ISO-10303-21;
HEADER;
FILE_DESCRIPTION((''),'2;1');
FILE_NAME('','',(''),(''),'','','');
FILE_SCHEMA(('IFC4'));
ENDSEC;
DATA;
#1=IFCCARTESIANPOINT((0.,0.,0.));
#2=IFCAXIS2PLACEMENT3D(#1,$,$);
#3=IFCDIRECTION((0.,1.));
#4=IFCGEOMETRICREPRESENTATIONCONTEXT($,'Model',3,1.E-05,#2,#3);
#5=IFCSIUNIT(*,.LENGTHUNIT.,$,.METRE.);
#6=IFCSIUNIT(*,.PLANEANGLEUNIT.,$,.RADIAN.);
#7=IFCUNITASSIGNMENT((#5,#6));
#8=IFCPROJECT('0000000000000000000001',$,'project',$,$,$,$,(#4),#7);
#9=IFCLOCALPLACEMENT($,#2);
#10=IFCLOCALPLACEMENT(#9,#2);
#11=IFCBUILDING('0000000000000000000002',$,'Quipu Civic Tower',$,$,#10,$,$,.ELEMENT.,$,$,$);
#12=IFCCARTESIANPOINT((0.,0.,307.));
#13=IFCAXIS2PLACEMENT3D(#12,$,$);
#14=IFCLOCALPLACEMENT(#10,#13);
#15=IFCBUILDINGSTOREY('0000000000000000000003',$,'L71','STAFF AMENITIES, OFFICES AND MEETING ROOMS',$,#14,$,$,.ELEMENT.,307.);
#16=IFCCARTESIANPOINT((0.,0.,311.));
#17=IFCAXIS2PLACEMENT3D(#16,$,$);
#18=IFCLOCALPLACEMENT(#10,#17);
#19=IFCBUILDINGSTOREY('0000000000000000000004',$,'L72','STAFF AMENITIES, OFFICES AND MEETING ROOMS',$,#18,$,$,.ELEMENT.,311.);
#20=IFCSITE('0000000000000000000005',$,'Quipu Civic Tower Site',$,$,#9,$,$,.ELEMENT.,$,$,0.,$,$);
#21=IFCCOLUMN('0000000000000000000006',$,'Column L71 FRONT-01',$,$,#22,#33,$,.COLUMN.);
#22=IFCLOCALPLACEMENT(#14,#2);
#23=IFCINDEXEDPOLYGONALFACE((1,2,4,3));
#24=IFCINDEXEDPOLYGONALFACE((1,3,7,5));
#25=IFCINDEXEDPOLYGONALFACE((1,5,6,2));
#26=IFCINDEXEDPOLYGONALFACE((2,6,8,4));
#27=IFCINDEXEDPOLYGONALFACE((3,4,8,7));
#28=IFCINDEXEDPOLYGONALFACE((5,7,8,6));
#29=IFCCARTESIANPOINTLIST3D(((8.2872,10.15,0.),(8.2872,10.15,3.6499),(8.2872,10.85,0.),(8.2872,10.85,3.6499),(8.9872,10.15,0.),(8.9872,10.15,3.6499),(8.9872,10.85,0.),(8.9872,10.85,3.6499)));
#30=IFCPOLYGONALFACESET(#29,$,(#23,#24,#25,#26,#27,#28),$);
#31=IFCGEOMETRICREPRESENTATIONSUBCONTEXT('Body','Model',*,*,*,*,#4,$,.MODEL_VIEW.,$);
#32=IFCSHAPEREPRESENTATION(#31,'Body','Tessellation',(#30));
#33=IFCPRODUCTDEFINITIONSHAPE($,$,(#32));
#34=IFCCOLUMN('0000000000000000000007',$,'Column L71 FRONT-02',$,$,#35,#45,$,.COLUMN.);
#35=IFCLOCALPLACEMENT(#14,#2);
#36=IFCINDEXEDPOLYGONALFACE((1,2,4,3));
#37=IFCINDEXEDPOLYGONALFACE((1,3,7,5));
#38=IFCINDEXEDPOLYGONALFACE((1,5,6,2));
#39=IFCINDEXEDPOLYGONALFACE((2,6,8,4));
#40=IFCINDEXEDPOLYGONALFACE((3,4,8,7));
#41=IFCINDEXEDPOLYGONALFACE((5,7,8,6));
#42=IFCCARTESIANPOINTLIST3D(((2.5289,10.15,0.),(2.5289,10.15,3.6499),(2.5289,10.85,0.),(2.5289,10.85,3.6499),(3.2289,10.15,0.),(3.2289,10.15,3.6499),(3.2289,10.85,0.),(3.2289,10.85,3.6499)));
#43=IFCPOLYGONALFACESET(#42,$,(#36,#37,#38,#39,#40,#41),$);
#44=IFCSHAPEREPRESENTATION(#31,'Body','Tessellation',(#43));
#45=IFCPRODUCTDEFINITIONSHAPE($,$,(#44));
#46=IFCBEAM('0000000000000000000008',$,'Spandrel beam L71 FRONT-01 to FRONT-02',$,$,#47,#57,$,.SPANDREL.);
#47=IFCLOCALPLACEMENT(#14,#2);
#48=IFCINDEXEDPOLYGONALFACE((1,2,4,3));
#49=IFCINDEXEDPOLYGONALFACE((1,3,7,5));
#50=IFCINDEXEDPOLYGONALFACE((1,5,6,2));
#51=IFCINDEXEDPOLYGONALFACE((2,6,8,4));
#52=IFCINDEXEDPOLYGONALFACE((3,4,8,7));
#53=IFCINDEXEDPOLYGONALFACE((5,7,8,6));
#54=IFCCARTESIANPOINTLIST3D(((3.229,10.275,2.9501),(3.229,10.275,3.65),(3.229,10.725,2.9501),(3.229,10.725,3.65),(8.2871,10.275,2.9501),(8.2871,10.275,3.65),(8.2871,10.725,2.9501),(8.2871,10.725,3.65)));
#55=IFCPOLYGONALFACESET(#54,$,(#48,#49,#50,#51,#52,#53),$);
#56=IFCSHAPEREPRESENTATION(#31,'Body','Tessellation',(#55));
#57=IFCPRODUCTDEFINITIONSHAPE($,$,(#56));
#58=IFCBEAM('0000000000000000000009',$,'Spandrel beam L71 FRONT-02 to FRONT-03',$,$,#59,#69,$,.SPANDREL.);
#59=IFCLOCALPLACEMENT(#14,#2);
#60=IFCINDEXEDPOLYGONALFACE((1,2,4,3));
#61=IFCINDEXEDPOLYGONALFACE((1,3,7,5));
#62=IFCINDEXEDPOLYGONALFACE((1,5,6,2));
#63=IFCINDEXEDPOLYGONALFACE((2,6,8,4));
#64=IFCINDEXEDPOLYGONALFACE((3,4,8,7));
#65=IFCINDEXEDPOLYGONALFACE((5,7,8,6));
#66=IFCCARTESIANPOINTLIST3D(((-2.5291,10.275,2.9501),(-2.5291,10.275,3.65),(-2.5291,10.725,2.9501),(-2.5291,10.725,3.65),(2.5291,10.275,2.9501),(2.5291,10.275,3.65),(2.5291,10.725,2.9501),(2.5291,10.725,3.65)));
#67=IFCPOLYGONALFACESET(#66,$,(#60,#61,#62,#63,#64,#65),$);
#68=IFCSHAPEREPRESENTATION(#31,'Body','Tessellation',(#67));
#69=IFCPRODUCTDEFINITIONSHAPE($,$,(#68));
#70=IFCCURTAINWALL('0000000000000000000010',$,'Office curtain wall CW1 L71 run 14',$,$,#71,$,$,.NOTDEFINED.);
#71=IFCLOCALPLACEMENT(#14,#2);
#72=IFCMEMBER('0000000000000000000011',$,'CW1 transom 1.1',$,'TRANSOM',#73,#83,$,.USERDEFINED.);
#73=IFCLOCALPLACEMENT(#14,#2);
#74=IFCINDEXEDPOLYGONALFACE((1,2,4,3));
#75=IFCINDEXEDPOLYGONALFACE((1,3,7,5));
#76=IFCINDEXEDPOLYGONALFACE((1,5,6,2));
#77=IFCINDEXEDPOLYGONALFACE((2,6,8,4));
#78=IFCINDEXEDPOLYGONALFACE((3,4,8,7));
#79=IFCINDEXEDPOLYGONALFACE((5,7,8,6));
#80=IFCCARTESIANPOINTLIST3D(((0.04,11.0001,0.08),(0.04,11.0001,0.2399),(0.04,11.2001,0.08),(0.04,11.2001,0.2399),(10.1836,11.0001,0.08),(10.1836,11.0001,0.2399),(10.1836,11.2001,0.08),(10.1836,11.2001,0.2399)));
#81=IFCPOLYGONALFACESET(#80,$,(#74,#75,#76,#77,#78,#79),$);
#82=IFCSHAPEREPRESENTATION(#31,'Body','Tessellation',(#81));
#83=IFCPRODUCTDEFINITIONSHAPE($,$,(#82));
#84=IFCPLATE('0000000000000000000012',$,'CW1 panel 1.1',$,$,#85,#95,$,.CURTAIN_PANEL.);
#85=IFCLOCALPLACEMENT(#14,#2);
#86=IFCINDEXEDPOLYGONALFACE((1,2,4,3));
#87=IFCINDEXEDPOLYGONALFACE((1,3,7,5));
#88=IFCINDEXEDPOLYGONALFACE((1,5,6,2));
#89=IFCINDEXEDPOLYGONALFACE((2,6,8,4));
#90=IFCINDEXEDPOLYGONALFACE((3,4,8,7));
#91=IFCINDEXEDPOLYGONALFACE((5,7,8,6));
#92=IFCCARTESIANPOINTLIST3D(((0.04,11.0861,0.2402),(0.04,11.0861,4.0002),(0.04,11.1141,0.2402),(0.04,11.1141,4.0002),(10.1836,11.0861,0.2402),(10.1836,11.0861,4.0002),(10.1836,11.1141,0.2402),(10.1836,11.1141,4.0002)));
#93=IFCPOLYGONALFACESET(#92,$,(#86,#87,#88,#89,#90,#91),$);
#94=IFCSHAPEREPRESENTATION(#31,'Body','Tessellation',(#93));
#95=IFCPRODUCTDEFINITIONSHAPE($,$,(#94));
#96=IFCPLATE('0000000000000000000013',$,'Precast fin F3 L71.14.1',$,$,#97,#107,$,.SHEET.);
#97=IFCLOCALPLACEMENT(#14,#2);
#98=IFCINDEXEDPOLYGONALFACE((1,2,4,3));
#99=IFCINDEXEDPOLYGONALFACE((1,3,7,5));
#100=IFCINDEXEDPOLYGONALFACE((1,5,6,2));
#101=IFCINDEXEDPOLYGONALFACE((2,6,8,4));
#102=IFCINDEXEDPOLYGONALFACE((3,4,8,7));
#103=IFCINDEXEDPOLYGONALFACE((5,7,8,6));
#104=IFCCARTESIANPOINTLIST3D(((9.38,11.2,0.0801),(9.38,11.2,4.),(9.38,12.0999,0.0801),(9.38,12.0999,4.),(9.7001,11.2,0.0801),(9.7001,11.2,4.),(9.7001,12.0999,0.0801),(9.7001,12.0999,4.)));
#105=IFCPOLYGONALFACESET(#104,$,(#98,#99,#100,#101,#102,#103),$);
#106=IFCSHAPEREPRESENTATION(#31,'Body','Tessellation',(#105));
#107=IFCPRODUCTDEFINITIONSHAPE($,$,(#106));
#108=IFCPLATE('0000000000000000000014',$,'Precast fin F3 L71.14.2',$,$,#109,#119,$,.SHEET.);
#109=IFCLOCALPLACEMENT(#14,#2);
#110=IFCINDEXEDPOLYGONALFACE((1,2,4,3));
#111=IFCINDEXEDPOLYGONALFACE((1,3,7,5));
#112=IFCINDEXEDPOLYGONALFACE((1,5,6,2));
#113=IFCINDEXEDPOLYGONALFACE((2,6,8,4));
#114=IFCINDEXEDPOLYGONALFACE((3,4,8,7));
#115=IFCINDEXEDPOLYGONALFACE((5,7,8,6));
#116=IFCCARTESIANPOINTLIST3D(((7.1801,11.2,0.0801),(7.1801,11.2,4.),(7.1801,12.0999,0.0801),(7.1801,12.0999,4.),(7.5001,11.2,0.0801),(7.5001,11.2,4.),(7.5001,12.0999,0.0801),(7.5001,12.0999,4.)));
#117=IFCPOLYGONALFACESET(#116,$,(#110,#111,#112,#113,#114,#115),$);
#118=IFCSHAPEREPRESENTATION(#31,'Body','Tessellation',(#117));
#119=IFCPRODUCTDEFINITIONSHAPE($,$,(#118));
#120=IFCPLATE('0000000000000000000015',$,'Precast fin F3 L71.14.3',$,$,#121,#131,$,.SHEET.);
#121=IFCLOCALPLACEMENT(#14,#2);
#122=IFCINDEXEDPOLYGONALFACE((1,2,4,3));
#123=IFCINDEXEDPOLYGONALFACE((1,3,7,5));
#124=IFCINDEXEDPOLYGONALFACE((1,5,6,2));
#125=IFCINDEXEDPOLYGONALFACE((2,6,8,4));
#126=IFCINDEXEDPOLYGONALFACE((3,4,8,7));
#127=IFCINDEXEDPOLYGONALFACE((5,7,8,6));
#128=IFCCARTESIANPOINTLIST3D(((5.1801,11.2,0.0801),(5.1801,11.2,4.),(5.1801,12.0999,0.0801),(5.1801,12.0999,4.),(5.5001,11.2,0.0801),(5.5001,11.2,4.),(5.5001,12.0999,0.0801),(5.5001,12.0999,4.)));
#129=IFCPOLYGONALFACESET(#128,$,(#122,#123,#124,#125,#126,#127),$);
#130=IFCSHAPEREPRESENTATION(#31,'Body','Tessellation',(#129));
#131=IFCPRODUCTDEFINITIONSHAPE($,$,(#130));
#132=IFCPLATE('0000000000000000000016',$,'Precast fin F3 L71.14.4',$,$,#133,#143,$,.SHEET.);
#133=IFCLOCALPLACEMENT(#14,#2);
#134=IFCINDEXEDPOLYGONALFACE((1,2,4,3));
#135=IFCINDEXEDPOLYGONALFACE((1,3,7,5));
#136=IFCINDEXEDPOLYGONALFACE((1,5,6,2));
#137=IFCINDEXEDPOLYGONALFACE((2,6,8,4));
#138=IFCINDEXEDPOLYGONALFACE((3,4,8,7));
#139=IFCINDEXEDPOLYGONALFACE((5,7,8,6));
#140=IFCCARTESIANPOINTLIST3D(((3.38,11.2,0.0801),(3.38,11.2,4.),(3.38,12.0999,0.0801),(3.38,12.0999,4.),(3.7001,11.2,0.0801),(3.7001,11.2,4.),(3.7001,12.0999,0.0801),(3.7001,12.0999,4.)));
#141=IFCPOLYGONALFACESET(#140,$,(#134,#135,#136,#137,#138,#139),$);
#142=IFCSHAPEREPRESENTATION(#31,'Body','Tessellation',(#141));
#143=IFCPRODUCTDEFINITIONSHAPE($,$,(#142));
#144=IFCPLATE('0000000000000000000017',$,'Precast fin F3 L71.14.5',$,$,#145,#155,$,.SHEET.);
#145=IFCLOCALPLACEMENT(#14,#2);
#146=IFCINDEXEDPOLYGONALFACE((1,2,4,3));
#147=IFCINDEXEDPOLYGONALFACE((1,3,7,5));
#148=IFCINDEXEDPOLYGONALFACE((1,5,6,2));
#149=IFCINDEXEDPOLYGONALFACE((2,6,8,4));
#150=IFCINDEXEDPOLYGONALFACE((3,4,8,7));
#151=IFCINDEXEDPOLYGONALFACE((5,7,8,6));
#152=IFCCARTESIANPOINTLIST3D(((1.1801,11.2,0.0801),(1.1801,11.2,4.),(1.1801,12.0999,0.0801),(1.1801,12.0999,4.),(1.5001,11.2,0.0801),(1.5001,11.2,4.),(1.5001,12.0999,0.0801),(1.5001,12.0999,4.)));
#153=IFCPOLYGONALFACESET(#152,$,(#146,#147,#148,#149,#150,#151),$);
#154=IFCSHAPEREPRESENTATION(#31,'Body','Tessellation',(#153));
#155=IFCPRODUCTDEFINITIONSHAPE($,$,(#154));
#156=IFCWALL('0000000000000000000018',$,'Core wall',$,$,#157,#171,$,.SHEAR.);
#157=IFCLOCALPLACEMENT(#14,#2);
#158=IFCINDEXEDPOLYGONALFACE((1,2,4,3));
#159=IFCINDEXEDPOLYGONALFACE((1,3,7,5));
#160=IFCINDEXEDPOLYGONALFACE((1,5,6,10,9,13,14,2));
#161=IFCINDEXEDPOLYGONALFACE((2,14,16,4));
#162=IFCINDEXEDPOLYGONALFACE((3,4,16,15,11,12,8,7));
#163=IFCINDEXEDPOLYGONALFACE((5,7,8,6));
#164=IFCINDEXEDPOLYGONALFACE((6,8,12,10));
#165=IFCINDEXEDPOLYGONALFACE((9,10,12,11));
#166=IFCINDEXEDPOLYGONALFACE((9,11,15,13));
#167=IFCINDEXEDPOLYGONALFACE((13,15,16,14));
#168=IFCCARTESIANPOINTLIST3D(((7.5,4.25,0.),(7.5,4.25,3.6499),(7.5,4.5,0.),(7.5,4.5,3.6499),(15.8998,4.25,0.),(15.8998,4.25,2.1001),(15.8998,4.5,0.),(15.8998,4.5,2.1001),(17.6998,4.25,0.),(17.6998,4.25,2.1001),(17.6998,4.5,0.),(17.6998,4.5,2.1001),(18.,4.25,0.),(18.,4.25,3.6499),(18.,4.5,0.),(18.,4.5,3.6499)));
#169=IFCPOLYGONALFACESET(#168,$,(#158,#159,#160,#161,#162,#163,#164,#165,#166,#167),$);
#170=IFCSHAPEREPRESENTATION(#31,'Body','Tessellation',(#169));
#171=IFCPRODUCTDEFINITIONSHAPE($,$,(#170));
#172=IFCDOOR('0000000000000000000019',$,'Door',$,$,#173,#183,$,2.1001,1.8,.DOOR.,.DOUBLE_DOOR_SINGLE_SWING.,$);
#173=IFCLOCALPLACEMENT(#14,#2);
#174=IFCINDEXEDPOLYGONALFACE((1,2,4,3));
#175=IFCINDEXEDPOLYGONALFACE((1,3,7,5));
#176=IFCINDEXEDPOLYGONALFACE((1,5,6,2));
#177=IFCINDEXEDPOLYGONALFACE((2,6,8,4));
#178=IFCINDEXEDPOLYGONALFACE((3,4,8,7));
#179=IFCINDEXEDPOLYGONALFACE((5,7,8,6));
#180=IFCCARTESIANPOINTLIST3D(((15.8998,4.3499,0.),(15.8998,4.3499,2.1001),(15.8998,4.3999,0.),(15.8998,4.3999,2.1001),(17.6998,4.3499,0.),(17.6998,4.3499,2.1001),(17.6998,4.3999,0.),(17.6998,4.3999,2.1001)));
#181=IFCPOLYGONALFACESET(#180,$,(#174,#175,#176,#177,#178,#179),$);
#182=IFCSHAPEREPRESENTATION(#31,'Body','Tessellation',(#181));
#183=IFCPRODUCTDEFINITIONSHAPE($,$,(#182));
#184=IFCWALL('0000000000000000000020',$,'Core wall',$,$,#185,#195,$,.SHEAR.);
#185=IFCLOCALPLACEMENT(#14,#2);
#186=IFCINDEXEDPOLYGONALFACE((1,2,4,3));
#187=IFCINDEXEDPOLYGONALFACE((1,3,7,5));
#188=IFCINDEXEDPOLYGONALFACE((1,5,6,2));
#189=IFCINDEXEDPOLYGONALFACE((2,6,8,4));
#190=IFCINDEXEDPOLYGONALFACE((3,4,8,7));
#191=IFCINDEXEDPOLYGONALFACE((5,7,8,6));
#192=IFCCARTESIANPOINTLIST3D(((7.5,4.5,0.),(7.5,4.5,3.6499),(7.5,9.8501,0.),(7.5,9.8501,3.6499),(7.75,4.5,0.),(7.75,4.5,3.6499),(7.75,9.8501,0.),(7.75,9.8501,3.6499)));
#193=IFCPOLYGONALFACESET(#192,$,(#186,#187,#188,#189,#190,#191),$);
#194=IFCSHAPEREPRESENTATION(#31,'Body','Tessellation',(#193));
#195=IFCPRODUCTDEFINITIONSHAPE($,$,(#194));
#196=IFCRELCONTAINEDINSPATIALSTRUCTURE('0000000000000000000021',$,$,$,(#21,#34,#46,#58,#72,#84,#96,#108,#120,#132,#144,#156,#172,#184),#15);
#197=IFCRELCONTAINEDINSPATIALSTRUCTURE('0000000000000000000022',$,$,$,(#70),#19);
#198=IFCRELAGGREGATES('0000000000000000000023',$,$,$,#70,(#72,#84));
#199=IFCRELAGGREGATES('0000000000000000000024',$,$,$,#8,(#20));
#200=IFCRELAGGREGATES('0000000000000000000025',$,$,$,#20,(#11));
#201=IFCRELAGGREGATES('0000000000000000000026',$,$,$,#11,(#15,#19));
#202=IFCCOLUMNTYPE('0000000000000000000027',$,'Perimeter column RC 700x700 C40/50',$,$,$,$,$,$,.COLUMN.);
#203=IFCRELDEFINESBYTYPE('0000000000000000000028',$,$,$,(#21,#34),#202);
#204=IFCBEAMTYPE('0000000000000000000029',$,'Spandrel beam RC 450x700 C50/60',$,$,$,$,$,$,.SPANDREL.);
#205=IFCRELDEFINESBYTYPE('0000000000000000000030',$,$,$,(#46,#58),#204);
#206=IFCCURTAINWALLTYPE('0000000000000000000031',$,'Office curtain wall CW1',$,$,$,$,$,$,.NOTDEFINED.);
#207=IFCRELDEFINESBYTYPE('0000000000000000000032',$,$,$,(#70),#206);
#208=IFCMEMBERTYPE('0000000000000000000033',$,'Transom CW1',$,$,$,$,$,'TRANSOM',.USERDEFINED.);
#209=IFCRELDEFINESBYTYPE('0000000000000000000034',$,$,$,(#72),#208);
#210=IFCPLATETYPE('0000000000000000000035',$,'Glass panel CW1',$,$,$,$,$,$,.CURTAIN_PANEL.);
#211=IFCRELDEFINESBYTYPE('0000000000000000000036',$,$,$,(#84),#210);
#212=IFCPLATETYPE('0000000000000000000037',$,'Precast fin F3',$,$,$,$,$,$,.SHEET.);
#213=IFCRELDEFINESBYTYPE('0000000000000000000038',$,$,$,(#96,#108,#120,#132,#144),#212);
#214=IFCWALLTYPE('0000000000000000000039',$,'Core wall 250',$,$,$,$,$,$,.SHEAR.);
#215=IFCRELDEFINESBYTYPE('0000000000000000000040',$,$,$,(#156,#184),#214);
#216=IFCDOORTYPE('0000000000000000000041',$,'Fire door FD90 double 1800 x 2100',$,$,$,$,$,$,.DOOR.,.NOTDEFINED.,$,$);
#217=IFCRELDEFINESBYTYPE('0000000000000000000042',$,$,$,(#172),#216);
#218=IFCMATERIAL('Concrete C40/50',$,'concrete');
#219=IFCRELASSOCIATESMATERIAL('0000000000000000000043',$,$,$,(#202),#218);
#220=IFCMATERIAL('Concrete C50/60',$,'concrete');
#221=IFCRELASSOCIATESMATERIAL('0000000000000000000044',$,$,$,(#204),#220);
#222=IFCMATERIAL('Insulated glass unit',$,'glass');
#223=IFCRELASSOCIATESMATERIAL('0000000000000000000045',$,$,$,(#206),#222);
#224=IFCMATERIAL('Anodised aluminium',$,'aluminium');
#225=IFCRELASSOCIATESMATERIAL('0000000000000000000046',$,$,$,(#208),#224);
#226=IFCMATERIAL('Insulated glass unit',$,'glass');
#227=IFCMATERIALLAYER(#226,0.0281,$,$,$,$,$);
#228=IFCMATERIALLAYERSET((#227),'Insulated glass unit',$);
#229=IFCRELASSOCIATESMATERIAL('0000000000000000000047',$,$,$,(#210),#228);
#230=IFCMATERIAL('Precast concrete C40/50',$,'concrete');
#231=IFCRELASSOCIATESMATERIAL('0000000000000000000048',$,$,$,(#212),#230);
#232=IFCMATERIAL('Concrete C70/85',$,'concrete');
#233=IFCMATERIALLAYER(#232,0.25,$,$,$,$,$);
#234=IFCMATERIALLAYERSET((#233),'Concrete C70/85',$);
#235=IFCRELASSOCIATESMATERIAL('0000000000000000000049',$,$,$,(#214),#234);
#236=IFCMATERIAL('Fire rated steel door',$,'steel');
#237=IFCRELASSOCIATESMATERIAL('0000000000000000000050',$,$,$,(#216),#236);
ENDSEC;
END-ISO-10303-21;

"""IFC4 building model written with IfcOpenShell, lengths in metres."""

from ifc_helpers import new_model, si_unit, direction, frame, frame_2d, origin, origin_2d, place, context, subcontext, project, spatial, rectangle, extrude, material, layer, layer_set, material_profile, profile_set, type_object, element, fill, aggregate, save


model = new_model("IFC4")

# Units and contexts
model_context = context("Model", 3, precision=1e-05, world=origin(), true_north=direction((0.0, 1.0)))
body_context = subcontext(model_context, "Body", "Model", "MODEL_VIEW")
ifc_project = project(units=[si_unit("LENGTHUNIT", "METRE"), si_unit("PLANEANGLEUNIT", "RADIAN")], contexts=[model_context])

# Site, building, storey
site_placement = place(None, origin())
site = spatial("IfcSite", under=ifc_project, at=site_placement, Name="Quipu Civic Tower Site", CompositionType="ELEMENT", RefElevation=0.0)
building_placement = place(site_placement, origin())
building = spatial("IfcBuilding", under=site, at=building_placement, Name="Quipu Civic Tower", CompositionType="ELEMENT")
storey_1_placement = place(building_placement, frame((0.0, 0.0, 307.0)))
storey_1 = spatial("IfcBuildingStorey", under=building, at=storey_1_placement, Name="L71", Description="STAFF AMENITIES, OFFICES AND MEETING ROOMS", CompositionType="ELEMENT", Elevation=307.0)

# Columns
ifc_material_1 = material(Name="Concrete C40/50", Category="concrete")
ifc_material_profile_1 = material_profile(ifc_material_1, rectangle(XDim=0.7, YDim=0.7, at=origin_2d()), Name="RC700x700")
ifc_profile_set_1 = profile_set([ifc_material_profile_1], Name="Concrete C40/50")
column_type = type_object("IfcColumnType", Name="Perimeter column RC 700x700 C40/50", PredefinedType="COLUMN", material=ifc_profile_set_1)
for number, where, z_axis, x_axis, name in (
    (1, (8.6372, 10.5, 0.0), (0.0, 0.0, 1.0), (-1.0, 0.0, 0.0), "Column L71 FRONT-01"),
    (2, (2.8789, 10.5, 0.0), (0.0, 0.0, 1.0), (-1.0, 0.0, 0.0), "Column L71 FRONT-02"),
):
    element("IfcColumn", number, at=place(storey_1_placement, frame(where, z_axis=z_axis, x_axis=x_axis)), inside=storey_1, type_object=column_type, Name=name, PredefinedType="COLUMN", context=body_context, shape_type="SweptSolid", body=[
        extrude(rectangle(XDim=0.7, YDim=0.7, at=origin_2d()), origin(), (0.0, 0.0, 1.0), 3.6499),
    ])

# Beams
ifc_material_2 = material(Name="Concrete C50/60", Category="concrete")
ifc_material_profile_2 = material_profile(ifc_material_2, rectangle(XDim=0.45, YDim=0.7, at=origin_2d()), Name="RC450x700")
ifc_profile_set_2 = profile_set([ifc_material_profile_2], Name="Concrete C50/60")
beam_type = type_object("IfcBeamType", Name="Spandrel beam RC 450x700 C50/60", PredefinedType="SPANDREL", material=ifc_profile_set_2)
for number, where, z_axis, x_axis, name in (
    (3, (8.2871, 10.5, 3.3), (-1.0, 0.0, 0.0), (0.0, -1.0, 0.0), "Spandrel beam L71 FRONT-01 to FRONT-02"),
    (4, (2.5291, 10.5, 3.3), (-1.0, 0.0, 0.0), (0.0, -1.0, 0.0), "Spandrel beam L71 FRONT-02 to FRONT-03"),
):
    element("IfcBeam", number, at=place(storey_1_placement, frame(where, z_axis=z_axis, x_axis=x_axis)), inside=storey_1, type_object=beam_type, Name=name, PredefinedType="SPANDREL", context=body_context, shape_type="SweptSolid", body=[
        extrude(rectangle(XDim=0.45, YDim=0.7, at=origin_2d()), origin(), (0.0, 0.0, 1.0), 5.0581),
    ])

# Shared definitions
storey_2_placement = place(building_placement, frame((0.0, 0.0, 311.0)))
storey_2 = spatial("IfcBuildingStorey", under=building, at=storey_2_placement, Name="L72", Description="STAFF AMENITIES, OFFICES AND MEETING ROOMS", CompositionType="ELEMENT", Elevation=311.0)

# Curtain wall, member, plate
ifc_material_3 = material(Name="Insulated glass unit", Category="glass")
curtain_wall_type = type_object("IfcCurtainWallType", Name="Office curtain wall CW1", PredefinedType="NOTDEFINED", material=ifc_material_3)
curtain_wall_placement = place(storey_2_placement, origin())
curtain_wall = element("IfcCurtainWall", 5, at=curtain_wall_placement, inside=storey_2, type_object=curtain_wall_type, Name="Office curtain wall CW1 L71 run 14", PredefinedType="NOTDEFINED")
ifc_material_4 = material(Name="Anodised aluminium", Category="aluminium")
ifc_material_profile_3 = material_profile(ifc_material_4, rectangle(XDim=0.2, YDim=0.1599, at=origin_2d()), Name="RECT 200x160")
ifc_profile_set_3 = profile_set([ifc_material_profile_3], Name="Anodised aluminium")
member_type = type_object("IfcMemberType", Name="Transom CW1", ElementType="TRANSOM", PredefinedType="USERDEFINED", material=ifc_profile_set_3)
member_placement = place(storey_1_placement, frame((10.1836, 11.1001, 0.1599), z_axis=(-1.0, 0.0, 0.0), x_axis=(0.0, -1.0, 0.0)))
member = element("IfcMember", 6, at=member_placement, inside=storey_1, type_object=member_type, Name="CW1 transom 1.1", ObjectType="TRANSOM", PredefinedType="USERDEFINED", context=body_context, shape_type="SweptSolid", body=[
    extrude(rectangle(XDim=0.2, YDim=0.1599, at=origin_2d()), origin(), (0.0, 0.0, 1.0), 10.1436),
])
ifc_material_5 = material(Name="Insulated glass unit", Category="glass")
ifc_layer_1 = layer(ifc_material_5, 0.0281)
ifc_layer_set_1 = layer_set([ifc_layer_1], Name="Insulated glass unit")
plate_type_1 = type_object("IfcPlateType", Name="Glass panel CW1", PredefinedType="CURTAIN_PANEL", material=ifc_layer_set_1)
plate_placement = place(storey_1_placement, frame((5.1118, 11.1001, 0.2402), z_axis=(0.0, 0.0, 1.0), x_axis=(-1.0, 0.0, 0.0)))
plate = element("IfcPlate", 7, at=plate_placement, inside=storey_1, type_object=plate_type_1, Name="CW1 panel 1.1", PredefinedType="CURTAIN_PANEL", context=body_context, shape_type="SweptSolid", body=[
    extrude(rectangle(XDim=10.1436, YDim=0.0281, at=origin_2d()), origin(), (0.0, 0.0, 1.0), 3.76),
])
aggregate(curtain_wall, [member, plate])

# Plates
ifc_material_6 = material(Name="Precast concrete C40/50", Category="concrete")
plate_type_2 = type_object("IfcPlateType", Name="Precast fin F3", PredefinedType="SHEET", material=ifc_material_6)
for number, where, z_axis, x_axis, name in (
    (8, (9.54, 11.6499, 0.0801), (0.0, 0.0, 1.0), (-1.0, 0.0, 0.0), "Precast fin F3 L71.14.1"),
    (9, (7.3401, 11.6499, 0.0801), (0.0, 0.0, 1.0), (-1.0, 0.0, 0.0), "Precast fin F3 L71.14.2"),
    (10, (5.3401, 11.6499, 0.0801), (0.0, 0.0, 1.0), (-1.0, 0.0, 0.0), "Precast fin F3 L71.14.3"),
    (11, (3.54, 11.6499, 0.0801), (0.0, 0.0, 1.0), (-1.0, 0.0, 0.0), "Precast fin F3 L71.14.4"),
    (12, (1.3401, 11.6499, 0.0801), (0.0, 0.0, 1.0), (-1.0, 0.0, 0.0), "Precast fin F3 L71.14.5"),
):
    element("IfcPlate", number, at=place(storey_1_placement, frame(where, z_axis=z_axis, x_axis=x_axis)), inside=storey_1, type_object=plate_type_2, Name=name, PredefinedType="SHEET", context=body_context, shape_type="SweptSolid", body=[
        extrude(rectangle(XDim=0.3201, YDim=0.8999, at=origin_2d()), origin(), (0.0, 0.0, 1.0), 3.9199),
    ])

# Wall, opening, door
ifc_material_7 = material(Name="Concrete C70/85", Category="concrete")
ifc_layer_2 = layer(ifc_material_7, 0.25)
ifc_layer_set_2 = layer_set([ifc_layer_2], Name="Concrete C70/85")
wall_type = type_object("IfcWallType", Name="Core wall 250", PredefinedType="SHEAR", material=ifc_layer_set_2)
wall_1_placement = place(storey_1_placement, frame((7.5, 4.375, 0.0), z_axis=(0.0, 0.0, 1.0), x_axis=(1.0, 0.0, 0.0)))
wall_1 = element("IfcWall", 13, at=wall_1_placement, inside=storey_1, type_object=wall_type, Name="Core wall", PredefinedType="SHEAR", context=body_context, shape_type="SweptSolid", body=[
    extrude(rectangle(XDim=10.5, YDim=0.25, at=frame_2d((5.25, 0.0))), origin(), (0.0, 0.0, 1.0), 3.6499),
])
opening_1_placement = place(wall_1_placement, frame((8.3999, 0.0, 0.0)))
opening_1 = element("IfcOpeningElement", 14, at=opening_1_placement, cuts=wall_1, PredefinedType="OPENING", context=body_context, shape_type="SweptSolid", body=[
    extrude(rectangle(XDim=1.8, YDim=2.1001, at=frame_2d((0.8999, 1.05))), frame((0.0, 0.135, 0.0), z_axis=(0.0, -1.0, 0.0), x_axis=(1.0, 0.0, 0.0)), (0.0, 0.0, 1.0), 0.27),
])
ifc_material_8 = material(Name="Fire rated steel door", Category="steel")
door_type = type_object("IfcDoorType", Name="Fire door FD90 double 1800 x 2100", OperationType="NOTDEFINED", PredefinedType="DOOR", material=ifc_material_8)
door_placement = place(opening_1_placement, origin())
door = element("IfcDoor", 15, at=door_placement, inside=storey_1, type_object=door_type, Name="Door", OperationType="DOUBLE_DOOR_SINGLE_SWING", OverallHeight=2.1001, OverallWidth=1.8, PredefinedType="DOOR", context=body_context, shape_type="SweptSolid", body=[
    extrude(rectangle(XDim=1.8, YDim=2.1001, at=frame_2d((0.8999, 1.05))), frame((0.0, 0.0249, 0.0), z_axis=(0.0, -1.0, 0.0), x_axis=(1.0, 0.0, 0.0)), (0.0, 0.0, 1.0), 0.05),
])
fill(opening_1, door)

# Wall
wall_2_placement = place(storey_1_placement, frame((7.625, 4.5, 0.0), z_axis=(0.0, 0.0, 1.0), x_axis=(0.0, 1.0, 0.0)))
element("IfcWall", 16, at=wall_2_placement, inside=storey_1, type_object=wall_type, Name="Core wall", PredefinedType="SHEAR", context=body_context, shape_type="SweptSolid", body=[
    extrude(rectangle(XDim=5.3501, YDim=0.25, at=frame_2d((2.675, 0.0))), origin(), (0.0, 0.0, 1.0), 3.6499),
])

save(model, "model.ifc")
